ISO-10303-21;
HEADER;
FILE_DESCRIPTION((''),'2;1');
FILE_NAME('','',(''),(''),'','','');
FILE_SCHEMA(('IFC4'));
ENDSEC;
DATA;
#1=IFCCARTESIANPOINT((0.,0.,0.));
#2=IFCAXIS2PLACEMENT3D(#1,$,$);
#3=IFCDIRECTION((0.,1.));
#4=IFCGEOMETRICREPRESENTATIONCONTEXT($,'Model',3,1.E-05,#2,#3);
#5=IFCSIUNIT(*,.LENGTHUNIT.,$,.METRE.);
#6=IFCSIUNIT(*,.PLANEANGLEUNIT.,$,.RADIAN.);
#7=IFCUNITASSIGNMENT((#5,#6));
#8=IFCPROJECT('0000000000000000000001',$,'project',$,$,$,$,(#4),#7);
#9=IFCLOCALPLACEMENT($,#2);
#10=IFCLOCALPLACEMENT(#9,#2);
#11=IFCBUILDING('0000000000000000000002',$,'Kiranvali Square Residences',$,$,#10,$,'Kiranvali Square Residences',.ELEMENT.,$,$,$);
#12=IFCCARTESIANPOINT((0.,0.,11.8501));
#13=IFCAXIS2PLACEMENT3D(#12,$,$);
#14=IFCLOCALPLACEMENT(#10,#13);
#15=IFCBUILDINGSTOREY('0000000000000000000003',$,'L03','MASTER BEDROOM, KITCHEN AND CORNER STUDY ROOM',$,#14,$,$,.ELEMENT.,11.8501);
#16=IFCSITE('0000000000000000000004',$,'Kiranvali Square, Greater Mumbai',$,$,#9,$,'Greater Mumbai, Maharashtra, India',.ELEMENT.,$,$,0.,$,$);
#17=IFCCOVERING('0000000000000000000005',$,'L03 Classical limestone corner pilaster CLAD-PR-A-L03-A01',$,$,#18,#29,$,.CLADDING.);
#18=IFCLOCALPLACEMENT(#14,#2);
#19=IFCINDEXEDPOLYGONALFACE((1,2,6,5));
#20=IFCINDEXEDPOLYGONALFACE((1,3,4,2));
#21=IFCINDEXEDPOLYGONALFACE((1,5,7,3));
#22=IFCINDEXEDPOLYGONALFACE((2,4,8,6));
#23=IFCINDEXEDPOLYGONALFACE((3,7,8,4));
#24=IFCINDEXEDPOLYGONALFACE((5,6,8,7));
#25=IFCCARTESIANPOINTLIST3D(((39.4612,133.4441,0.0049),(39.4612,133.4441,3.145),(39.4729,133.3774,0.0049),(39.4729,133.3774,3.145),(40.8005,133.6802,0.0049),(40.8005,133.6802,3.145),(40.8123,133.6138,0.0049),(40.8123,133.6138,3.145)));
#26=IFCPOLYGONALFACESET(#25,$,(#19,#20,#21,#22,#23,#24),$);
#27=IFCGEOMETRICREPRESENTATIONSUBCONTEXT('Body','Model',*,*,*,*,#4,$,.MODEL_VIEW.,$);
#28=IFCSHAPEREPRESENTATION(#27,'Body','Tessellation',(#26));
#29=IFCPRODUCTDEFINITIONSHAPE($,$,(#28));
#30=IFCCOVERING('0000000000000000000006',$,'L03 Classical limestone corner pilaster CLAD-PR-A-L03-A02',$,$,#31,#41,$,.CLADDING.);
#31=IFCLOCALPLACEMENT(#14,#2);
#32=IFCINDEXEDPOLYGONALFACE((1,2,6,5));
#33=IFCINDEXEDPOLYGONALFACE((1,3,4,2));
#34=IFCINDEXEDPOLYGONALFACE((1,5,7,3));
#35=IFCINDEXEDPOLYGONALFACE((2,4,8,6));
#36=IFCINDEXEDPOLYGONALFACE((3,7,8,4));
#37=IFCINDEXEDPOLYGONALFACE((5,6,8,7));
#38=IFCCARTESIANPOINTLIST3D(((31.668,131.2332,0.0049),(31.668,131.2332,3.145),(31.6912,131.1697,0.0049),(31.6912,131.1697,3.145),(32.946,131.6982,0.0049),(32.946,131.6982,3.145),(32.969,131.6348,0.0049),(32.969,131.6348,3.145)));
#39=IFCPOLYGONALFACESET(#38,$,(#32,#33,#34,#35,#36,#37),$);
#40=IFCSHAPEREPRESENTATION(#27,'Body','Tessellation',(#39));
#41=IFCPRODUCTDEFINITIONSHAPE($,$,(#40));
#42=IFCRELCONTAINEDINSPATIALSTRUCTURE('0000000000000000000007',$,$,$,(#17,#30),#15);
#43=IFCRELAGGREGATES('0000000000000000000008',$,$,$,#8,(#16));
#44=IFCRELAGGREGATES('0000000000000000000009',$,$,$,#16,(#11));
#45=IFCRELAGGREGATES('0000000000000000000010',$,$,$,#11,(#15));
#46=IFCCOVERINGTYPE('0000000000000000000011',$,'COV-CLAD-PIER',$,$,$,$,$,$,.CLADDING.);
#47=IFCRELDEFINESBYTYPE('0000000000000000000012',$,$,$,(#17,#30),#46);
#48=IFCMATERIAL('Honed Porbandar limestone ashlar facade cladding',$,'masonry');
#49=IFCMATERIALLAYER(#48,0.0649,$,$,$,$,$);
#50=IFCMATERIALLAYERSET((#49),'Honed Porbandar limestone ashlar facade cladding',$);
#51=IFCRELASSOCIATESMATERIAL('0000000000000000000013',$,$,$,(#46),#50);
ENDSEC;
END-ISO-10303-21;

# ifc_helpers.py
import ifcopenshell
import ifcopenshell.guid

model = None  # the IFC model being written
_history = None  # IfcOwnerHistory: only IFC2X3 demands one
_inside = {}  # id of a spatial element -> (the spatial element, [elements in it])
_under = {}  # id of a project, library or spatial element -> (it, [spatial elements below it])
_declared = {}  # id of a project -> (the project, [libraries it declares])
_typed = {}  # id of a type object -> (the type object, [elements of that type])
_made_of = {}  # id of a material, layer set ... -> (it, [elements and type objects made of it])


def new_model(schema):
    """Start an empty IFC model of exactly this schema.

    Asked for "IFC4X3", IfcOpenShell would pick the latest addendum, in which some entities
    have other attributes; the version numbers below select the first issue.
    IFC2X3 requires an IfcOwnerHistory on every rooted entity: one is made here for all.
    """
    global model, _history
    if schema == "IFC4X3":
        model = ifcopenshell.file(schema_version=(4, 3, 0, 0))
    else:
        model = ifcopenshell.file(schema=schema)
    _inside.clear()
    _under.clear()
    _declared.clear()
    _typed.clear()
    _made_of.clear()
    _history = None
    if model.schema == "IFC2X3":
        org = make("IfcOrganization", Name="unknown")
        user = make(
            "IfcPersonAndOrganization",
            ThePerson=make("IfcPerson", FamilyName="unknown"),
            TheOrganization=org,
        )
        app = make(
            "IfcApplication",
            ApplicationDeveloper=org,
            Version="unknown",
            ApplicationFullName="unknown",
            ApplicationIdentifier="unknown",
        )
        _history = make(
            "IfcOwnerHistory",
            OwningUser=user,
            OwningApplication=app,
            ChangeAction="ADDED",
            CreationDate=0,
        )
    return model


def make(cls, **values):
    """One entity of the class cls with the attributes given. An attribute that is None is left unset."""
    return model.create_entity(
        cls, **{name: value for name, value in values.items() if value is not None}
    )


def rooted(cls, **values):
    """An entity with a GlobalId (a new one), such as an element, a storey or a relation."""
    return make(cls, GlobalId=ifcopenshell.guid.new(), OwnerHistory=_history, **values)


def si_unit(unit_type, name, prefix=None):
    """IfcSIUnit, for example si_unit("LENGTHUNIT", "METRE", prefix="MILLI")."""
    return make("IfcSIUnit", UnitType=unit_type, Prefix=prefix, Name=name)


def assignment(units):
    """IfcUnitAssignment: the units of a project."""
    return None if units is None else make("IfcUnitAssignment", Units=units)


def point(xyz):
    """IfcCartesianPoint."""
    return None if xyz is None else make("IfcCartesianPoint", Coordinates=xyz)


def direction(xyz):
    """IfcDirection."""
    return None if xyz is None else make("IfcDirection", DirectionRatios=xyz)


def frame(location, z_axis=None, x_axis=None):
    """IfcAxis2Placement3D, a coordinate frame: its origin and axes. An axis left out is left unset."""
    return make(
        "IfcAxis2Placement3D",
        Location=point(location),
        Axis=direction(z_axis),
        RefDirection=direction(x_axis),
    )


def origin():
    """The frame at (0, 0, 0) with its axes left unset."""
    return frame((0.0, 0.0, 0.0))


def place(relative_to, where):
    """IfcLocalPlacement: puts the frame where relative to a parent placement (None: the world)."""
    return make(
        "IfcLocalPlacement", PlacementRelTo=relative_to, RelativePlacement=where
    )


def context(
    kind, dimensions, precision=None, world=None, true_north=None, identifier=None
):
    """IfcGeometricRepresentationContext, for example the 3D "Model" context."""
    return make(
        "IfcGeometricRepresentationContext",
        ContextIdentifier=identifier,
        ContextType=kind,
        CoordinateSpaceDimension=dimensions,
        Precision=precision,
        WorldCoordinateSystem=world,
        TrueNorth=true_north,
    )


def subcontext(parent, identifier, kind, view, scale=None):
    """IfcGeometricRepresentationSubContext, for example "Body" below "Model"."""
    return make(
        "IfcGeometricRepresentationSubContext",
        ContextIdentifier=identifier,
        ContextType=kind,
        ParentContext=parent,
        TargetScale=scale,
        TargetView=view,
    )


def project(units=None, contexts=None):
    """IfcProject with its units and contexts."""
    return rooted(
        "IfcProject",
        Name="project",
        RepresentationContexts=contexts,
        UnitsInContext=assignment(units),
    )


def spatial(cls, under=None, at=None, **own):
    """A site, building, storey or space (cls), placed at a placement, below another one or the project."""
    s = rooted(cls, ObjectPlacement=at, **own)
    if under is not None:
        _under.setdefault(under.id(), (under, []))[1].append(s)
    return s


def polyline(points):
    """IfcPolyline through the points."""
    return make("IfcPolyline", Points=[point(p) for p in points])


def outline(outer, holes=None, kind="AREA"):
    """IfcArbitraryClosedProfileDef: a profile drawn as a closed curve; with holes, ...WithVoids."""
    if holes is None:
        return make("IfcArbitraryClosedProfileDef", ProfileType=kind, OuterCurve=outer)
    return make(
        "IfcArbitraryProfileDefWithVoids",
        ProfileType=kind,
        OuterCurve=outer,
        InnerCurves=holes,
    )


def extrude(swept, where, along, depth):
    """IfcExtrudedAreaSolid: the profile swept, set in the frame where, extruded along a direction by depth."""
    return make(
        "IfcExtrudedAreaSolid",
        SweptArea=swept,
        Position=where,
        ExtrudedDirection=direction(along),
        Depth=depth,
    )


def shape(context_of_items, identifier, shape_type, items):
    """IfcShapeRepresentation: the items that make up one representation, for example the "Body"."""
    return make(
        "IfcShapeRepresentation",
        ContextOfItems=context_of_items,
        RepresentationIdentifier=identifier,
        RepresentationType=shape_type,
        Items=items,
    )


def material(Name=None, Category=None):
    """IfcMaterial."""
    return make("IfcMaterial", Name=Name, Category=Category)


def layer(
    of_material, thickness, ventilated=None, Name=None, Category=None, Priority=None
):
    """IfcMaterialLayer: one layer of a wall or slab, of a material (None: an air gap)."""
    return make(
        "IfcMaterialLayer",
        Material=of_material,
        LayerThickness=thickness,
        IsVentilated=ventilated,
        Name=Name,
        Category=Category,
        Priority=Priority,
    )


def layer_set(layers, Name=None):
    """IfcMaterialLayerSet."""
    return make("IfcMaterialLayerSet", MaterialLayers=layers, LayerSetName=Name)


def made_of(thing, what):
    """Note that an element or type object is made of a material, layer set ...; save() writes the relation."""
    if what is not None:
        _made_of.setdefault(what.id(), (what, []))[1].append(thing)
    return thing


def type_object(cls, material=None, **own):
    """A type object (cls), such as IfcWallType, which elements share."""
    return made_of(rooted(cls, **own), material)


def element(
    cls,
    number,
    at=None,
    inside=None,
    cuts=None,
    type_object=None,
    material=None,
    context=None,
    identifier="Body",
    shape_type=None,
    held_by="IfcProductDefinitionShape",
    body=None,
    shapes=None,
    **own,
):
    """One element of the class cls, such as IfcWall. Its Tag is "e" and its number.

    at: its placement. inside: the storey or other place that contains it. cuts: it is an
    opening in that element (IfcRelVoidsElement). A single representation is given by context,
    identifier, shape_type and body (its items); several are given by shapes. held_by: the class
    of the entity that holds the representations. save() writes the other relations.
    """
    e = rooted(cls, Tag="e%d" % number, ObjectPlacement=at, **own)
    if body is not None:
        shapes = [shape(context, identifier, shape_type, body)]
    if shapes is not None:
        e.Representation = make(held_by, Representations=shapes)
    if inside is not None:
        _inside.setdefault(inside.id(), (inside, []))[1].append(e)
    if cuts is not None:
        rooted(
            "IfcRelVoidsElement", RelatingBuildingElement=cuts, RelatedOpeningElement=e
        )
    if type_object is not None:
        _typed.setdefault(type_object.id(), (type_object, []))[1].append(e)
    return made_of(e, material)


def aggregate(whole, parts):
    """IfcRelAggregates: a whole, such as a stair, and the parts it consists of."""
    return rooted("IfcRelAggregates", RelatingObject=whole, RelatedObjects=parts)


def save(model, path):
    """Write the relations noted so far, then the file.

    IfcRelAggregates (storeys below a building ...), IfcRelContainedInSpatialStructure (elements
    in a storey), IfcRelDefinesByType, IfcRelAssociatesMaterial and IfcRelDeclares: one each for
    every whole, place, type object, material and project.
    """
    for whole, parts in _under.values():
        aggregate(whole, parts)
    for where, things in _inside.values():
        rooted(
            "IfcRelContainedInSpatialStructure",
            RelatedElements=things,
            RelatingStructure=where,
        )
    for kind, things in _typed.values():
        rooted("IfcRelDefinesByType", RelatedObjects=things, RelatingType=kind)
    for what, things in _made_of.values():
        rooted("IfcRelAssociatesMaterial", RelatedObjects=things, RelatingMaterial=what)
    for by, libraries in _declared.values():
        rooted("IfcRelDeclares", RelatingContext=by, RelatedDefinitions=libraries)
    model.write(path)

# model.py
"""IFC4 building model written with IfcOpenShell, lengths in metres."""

from ifc_helpers import new_model, si_unit, direction, frame, origin, place, context, subcontext, project, spatial, polyline, outline, extrude, material, layer, layer_set, type_object, element, save


model = new_model("IFC4")

# Units and contexts
model_context = context("Model", 3, precision=1e-05, world=origin(), true_north=direction((0.0, 1.0)))
body_context = subcontext(model_context, "Body", "Model", "MODEL_VIEW")
ifc_project = project(units=[si_unit("LENGTHUNIT", "METRE"), si_unit("PLANEANGLEUNIT", "RADIAN")], contexts=[model_context])

# Site, building, storey
site_placement = place(None, origin())
site = spatial("IfcSite", under=ifc_project, at=site_placement, Name="Kiranvali Square, Greater Mumbai", LongName="Greater Mumbai, Maharashtra, India", CompositionType="ELEMENT", RefElevation=0.0)
building_placement = place(site_placement, origin())
building = spatial("IfcBuilding", under=site, at=building_placement, Name="Kiranvali Square Residences", LongName="Kiranvali Square Residences", CompositionType="ELEMENT")
storey_placement = place(building_placement, frame((0.0, 0.0, 11.8501)))
storey = spatial("IfcBuildingStorey", under=building, at=storey_placement, Name="L03", Description="MASTER BEDROOM, KITCHEN AND CORNER STUDY ROOM", CompositionType="ELEMENT", Elevation=11.8501)

# Coverings
ifc_material_1 = material(Name="Honed Porbandar limestone ashlar facade cladding", Category="masonry")
ifc_layer_1 = layer(ifc_material_1, 0.0649)
ifc_layer_set_1 = layer_set([ifc_layer_1], Name="Honed Porbandar limestone ashlar facade cladding")
covering_type_1 = type_object("IfcCoveringType", Name="COV-CLAD-PIER", PredefinedType="CLADDING", material=ifc_layer_set_1)
covering_1_placement = place(storey_placement, frame((0.0, 0.0, 0.0049)))
element("IfcCovering", 1, at=covering_1_placement, inside=storey, type_object=covering_type_1, Name="L03 Classical limestone corner pilaster CLAD-PR-A-L03-A01", PredefinedType="CLADDING", context=body_context, shape_type="SweptSolid", body=[
    extrude(outline(polyline([(40.8005, 133.6802), (39.4612, 133.4441), (39.4729, 133.3774), (40.8123, 133.6138), (40.8005, 133.6802)])), origin(), (0.0, 0.0, 1.0), 3.1401),
])
covering_2_placement = place(storey_placement, frame((0.0, 0.0, 0.0049)))
element("IfcCovering", 2, at=covering_2_placement, inside=storey, type_object=covering_type_1, Name="L03 Classical limestone corner pilaster CLAD-PR-A-L03-A02", PredefinedType="CLADDING", context=body_context, shape_type="SweptSolid", body=[
    extrude(outline(polyline([(32.946, 131.6982), (31.668, 131.2332), (31.6912, 131.1697), (32.969, 131.6348), (32.946, 131.6982)])), origin(), (0.0, 0.0, 1.0), 3.1401),
])

save(model, "model.ifc")
